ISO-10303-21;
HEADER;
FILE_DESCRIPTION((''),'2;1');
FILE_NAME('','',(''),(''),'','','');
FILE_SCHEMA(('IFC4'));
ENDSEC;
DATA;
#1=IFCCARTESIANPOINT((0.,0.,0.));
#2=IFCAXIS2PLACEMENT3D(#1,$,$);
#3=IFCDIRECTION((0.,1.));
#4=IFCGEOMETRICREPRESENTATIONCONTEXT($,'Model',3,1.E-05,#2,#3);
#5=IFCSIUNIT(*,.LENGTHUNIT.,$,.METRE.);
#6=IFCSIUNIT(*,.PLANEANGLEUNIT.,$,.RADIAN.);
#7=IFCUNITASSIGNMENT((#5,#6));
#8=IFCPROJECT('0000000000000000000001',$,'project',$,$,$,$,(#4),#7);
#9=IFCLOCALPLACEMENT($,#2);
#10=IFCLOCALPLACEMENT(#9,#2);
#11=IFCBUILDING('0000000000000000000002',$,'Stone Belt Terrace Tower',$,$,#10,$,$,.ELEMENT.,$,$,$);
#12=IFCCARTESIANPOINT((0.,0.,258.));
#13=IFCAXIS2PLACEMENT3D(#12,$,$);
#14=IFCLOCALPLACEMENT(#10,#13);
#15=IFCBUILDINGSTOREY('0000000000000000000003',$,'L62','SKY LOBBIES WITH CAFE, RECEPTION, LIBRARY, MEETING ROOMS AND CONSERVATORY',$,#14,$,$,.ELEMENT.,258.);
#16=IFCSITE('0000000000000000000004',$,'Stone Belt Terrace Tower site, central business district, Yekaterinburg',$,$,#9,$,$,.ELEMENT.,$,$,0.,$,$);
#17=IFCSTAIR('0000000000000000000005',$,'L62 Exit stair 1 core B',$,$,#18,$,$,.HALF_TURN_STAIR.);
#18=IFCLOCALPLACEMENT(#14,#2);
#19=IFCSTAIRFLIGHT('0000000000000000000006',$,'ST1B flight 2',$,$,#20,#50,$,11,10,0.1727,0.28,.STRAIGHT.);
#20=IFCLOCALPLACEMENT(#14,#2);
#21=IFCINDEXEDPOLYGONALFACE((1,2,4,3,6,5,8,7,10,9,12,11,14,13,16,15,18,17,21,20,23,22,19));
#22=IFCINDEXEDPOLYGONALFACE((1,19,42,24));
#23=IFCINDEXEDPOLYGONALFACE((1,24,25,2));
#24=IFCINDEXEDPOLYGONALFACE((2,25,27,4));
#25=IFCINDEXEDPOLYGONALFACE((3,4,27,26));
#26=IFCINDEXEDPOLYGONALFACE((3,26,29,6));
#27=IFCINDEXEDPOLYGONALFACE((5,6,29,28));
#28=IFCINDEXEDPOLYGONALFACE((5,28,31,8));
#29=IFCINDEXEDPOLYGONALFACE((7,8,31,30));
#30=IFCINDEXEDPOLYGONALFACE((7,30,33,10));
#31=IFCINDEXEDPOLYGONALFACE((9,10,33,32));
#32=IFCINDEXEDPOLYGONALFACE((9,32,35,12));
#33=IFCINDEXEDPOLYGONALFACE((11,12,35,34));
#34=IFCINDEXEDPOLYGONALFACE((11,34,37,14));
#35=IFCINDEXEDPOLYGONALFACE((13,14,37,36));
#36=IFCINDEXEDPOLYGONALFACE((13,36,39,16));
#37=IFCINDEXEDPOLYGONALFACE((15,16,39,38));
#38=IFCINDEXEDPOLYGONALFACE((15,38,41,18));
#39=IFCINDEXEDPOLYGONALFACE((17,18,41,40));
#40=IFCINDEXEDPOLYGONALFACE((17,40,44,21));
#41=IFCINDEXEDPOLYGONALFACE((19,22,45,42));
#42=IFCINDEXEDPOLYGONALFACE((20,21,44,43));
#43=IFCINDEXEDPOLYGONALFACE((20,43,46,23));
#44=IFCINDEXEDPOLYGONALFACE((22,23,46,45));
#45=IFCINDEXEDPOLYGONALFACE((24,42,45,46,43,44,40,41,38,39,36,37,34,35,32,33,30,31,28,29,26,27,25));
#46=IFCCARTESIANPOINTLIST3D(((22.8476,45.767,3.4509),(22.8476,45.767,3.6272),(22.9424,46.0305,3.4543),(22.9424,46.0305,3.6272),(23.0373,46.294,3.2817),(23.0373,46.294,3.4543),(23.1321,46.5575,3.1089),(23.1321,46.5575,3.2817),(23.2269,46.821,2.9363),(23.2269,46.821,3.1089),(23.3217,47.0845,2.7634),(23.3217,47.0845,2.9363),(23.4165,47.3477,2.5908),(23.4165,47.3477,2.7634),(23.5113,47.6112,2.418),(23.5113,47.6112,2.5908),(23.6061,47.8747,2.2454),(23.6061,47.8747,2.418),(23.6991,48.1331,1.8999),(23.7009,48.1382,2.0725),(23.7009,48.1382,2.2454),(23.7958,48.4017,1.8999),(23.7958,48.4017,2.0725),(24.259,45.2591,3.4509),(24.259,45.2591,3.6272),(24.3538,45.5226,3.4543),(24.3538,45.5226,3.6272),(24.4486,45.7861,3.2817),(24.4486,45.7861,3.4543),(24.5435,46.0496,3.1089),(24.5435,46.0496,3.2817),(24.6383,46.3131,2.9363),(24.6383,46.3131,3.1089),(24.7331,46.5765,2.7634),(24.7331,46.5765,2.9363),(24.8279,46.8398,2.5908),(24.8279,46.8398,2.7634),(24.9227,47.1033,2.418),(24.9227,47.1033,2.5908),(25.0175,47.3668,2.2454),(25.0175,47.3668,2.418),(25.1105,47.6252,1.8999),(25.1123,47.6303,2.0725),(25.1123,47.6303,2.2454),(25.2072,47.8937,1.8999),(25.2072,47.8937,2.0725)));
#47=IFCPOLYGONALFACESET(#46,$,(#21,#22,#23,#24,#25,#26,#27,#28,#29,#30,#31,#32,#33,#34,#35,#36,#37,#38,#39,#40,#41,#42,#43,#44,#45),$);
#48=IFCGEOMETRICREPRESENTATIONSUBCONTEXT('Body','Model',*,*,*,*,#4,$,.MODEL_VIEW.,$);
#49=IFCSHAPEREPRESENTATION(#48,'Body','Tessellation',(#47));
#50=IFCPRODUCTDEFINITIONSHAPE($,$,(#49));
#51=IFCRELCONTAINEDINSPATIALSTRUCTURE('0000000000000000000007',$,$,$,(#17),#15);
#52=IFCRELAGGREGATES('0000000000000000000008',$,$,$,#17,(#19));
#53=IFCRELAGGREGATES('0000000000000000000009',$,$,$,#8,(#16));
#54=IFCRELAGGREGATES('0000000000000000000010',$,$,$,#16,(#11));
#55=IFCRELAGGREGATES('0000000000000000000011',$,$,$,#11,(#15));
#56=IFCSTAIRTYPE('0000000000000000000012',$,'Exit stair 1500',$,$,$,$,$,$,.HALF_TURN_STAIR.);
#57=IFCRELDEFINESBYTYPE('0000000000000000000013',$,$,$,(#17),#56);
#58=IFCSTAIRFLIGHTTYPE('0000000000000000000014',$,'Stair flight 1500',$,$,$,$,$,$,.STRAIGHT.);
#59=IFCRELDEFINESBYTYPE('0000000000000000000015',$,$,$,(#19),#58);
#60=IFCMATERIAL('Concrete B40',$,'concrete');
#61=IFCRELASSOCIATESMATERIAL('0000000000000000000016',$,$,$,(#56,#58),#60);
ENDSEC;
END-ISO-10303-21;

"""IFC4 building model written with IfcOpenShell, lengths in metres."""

from ifc_helpers import new_model, si_unit, direction, frame, origin, place, context, subcontext, project, spatial, polyline, outline, extrude, material, type_object, element, aggregate, save


model = new_model("IFC4")

# Units and contexts
model_context = context("Model", 3, precision=1e-05, world=origin(), true_north=direction((0.0, 1.0)))
body_context = subcontext(model_context, "Body", "Model", "MODEL_VIEW")
ifc_project = project(units=[si_unit("LENGTHUNIT", "METRE"), si_unit("PLANEANGLEUNIT", "RADIAN")], contexts=[model_context])

# Site, building, storey
site_placement = place(None, origin())
site = spatial("IfcSite", under=ifc_project, at=site_placement, Name="Stone Belt Terrace Tower site, central business district, Yekaterinburg", CompositionType="ELEMENT", RefElevation=0.0)
building_placement = place(site_placement, origin())
building = spatial("IfcBuilding", under=site, at=building_placement, Name="Stone Belt Terrace Tower", CompositionType="ELEMENT")
storey_placement = place(building_placement, frame((0.0, 0.0, 258.0)))
storey = spatial("IfcBuildingStorey", under=building, at=storey_placement, Name="L62", Description="SKY LOBBIES WITH CAFE, RECEPTION, LIBRARY, MEETING ROOMS AND CONSERVATORY", CompositionType="ELEMENT", Elevation=258.0)

# Stair, stair flight
ifc_material_1 = material(Name="Concrete B40", Category="concrete")
stair_type = type_object("IfcStairType", Name="Exit stair 1500", PredefinedType="HALF_TURN_STAIR", material=ifc_material_1)
stair_placement = place(storey_placement, origin())
stair = element("IfcStair", 1, at=stair_placement, inside=storey, type_object=stair_type, Name="L62 Exit stair 1 core B", PredefinedType="HALF_TURN_STAIR")
stair_flight_type = type_object("IfcStairFlightType", Name="Stair flight 1500", PredefinedType="STRAIGHT", material=ifc_material_1)
stair_flight_1_placement = place(storey_placement, frame((24.5015, 48.1477, 1.8999), z_axis=(0.0, 0.0, 1.0), x_axis=(-0.338624, -0.940922, 0.0)))
stair_flight_1 = element("IfcStairFlight", 2, at=stair_flight_1_placement, type_object=stair_flight_type, Name="ST1B flight 2", NumberOfRisers=11, NumberOfTreads=10, PredefinedType="STRAIGHT", RiserHeight=0.1727, TreadLength=0.28, context=body_context, shape_type="SweptSolid", body=[
    extrude(outline(polyline([(0.0, 0.0), (0.0, 0.1726), (0.28, 0.1726), (0.28, 0.3455), (0.5601, 0.3455), (0.5601, 0.5181), (0.8401, 0.5181), (0.8401, 0.6909), (1.1201, 0.6909), (1.1201, 0.8635), (1.3999, 0.8635), (1.3999, 1.0364), (1.6799, 1.0364), (1.6799, 1.209), (1.96, 1.209), (1.96, 1.3818), (2.24, 1.3818), (2.24, 1.5544), (2.52, 1.5544), (2.52, 1.7273), (2.8, 1.7273), (2.8, 1.8999), (2.8, 1.551), (0.2854, 0.0), (0.0, 0.0)])), frame((0.0, 0.75, 0.0), z_axis=(0.0, -1.0, 0.0), x_axis=(1.0, 0.0, 0.0)), (0.0, 0.0, 1.0), 1.5),
])
aggregate(stair, [stair_flight_1])

save(model, "model.ifc")
